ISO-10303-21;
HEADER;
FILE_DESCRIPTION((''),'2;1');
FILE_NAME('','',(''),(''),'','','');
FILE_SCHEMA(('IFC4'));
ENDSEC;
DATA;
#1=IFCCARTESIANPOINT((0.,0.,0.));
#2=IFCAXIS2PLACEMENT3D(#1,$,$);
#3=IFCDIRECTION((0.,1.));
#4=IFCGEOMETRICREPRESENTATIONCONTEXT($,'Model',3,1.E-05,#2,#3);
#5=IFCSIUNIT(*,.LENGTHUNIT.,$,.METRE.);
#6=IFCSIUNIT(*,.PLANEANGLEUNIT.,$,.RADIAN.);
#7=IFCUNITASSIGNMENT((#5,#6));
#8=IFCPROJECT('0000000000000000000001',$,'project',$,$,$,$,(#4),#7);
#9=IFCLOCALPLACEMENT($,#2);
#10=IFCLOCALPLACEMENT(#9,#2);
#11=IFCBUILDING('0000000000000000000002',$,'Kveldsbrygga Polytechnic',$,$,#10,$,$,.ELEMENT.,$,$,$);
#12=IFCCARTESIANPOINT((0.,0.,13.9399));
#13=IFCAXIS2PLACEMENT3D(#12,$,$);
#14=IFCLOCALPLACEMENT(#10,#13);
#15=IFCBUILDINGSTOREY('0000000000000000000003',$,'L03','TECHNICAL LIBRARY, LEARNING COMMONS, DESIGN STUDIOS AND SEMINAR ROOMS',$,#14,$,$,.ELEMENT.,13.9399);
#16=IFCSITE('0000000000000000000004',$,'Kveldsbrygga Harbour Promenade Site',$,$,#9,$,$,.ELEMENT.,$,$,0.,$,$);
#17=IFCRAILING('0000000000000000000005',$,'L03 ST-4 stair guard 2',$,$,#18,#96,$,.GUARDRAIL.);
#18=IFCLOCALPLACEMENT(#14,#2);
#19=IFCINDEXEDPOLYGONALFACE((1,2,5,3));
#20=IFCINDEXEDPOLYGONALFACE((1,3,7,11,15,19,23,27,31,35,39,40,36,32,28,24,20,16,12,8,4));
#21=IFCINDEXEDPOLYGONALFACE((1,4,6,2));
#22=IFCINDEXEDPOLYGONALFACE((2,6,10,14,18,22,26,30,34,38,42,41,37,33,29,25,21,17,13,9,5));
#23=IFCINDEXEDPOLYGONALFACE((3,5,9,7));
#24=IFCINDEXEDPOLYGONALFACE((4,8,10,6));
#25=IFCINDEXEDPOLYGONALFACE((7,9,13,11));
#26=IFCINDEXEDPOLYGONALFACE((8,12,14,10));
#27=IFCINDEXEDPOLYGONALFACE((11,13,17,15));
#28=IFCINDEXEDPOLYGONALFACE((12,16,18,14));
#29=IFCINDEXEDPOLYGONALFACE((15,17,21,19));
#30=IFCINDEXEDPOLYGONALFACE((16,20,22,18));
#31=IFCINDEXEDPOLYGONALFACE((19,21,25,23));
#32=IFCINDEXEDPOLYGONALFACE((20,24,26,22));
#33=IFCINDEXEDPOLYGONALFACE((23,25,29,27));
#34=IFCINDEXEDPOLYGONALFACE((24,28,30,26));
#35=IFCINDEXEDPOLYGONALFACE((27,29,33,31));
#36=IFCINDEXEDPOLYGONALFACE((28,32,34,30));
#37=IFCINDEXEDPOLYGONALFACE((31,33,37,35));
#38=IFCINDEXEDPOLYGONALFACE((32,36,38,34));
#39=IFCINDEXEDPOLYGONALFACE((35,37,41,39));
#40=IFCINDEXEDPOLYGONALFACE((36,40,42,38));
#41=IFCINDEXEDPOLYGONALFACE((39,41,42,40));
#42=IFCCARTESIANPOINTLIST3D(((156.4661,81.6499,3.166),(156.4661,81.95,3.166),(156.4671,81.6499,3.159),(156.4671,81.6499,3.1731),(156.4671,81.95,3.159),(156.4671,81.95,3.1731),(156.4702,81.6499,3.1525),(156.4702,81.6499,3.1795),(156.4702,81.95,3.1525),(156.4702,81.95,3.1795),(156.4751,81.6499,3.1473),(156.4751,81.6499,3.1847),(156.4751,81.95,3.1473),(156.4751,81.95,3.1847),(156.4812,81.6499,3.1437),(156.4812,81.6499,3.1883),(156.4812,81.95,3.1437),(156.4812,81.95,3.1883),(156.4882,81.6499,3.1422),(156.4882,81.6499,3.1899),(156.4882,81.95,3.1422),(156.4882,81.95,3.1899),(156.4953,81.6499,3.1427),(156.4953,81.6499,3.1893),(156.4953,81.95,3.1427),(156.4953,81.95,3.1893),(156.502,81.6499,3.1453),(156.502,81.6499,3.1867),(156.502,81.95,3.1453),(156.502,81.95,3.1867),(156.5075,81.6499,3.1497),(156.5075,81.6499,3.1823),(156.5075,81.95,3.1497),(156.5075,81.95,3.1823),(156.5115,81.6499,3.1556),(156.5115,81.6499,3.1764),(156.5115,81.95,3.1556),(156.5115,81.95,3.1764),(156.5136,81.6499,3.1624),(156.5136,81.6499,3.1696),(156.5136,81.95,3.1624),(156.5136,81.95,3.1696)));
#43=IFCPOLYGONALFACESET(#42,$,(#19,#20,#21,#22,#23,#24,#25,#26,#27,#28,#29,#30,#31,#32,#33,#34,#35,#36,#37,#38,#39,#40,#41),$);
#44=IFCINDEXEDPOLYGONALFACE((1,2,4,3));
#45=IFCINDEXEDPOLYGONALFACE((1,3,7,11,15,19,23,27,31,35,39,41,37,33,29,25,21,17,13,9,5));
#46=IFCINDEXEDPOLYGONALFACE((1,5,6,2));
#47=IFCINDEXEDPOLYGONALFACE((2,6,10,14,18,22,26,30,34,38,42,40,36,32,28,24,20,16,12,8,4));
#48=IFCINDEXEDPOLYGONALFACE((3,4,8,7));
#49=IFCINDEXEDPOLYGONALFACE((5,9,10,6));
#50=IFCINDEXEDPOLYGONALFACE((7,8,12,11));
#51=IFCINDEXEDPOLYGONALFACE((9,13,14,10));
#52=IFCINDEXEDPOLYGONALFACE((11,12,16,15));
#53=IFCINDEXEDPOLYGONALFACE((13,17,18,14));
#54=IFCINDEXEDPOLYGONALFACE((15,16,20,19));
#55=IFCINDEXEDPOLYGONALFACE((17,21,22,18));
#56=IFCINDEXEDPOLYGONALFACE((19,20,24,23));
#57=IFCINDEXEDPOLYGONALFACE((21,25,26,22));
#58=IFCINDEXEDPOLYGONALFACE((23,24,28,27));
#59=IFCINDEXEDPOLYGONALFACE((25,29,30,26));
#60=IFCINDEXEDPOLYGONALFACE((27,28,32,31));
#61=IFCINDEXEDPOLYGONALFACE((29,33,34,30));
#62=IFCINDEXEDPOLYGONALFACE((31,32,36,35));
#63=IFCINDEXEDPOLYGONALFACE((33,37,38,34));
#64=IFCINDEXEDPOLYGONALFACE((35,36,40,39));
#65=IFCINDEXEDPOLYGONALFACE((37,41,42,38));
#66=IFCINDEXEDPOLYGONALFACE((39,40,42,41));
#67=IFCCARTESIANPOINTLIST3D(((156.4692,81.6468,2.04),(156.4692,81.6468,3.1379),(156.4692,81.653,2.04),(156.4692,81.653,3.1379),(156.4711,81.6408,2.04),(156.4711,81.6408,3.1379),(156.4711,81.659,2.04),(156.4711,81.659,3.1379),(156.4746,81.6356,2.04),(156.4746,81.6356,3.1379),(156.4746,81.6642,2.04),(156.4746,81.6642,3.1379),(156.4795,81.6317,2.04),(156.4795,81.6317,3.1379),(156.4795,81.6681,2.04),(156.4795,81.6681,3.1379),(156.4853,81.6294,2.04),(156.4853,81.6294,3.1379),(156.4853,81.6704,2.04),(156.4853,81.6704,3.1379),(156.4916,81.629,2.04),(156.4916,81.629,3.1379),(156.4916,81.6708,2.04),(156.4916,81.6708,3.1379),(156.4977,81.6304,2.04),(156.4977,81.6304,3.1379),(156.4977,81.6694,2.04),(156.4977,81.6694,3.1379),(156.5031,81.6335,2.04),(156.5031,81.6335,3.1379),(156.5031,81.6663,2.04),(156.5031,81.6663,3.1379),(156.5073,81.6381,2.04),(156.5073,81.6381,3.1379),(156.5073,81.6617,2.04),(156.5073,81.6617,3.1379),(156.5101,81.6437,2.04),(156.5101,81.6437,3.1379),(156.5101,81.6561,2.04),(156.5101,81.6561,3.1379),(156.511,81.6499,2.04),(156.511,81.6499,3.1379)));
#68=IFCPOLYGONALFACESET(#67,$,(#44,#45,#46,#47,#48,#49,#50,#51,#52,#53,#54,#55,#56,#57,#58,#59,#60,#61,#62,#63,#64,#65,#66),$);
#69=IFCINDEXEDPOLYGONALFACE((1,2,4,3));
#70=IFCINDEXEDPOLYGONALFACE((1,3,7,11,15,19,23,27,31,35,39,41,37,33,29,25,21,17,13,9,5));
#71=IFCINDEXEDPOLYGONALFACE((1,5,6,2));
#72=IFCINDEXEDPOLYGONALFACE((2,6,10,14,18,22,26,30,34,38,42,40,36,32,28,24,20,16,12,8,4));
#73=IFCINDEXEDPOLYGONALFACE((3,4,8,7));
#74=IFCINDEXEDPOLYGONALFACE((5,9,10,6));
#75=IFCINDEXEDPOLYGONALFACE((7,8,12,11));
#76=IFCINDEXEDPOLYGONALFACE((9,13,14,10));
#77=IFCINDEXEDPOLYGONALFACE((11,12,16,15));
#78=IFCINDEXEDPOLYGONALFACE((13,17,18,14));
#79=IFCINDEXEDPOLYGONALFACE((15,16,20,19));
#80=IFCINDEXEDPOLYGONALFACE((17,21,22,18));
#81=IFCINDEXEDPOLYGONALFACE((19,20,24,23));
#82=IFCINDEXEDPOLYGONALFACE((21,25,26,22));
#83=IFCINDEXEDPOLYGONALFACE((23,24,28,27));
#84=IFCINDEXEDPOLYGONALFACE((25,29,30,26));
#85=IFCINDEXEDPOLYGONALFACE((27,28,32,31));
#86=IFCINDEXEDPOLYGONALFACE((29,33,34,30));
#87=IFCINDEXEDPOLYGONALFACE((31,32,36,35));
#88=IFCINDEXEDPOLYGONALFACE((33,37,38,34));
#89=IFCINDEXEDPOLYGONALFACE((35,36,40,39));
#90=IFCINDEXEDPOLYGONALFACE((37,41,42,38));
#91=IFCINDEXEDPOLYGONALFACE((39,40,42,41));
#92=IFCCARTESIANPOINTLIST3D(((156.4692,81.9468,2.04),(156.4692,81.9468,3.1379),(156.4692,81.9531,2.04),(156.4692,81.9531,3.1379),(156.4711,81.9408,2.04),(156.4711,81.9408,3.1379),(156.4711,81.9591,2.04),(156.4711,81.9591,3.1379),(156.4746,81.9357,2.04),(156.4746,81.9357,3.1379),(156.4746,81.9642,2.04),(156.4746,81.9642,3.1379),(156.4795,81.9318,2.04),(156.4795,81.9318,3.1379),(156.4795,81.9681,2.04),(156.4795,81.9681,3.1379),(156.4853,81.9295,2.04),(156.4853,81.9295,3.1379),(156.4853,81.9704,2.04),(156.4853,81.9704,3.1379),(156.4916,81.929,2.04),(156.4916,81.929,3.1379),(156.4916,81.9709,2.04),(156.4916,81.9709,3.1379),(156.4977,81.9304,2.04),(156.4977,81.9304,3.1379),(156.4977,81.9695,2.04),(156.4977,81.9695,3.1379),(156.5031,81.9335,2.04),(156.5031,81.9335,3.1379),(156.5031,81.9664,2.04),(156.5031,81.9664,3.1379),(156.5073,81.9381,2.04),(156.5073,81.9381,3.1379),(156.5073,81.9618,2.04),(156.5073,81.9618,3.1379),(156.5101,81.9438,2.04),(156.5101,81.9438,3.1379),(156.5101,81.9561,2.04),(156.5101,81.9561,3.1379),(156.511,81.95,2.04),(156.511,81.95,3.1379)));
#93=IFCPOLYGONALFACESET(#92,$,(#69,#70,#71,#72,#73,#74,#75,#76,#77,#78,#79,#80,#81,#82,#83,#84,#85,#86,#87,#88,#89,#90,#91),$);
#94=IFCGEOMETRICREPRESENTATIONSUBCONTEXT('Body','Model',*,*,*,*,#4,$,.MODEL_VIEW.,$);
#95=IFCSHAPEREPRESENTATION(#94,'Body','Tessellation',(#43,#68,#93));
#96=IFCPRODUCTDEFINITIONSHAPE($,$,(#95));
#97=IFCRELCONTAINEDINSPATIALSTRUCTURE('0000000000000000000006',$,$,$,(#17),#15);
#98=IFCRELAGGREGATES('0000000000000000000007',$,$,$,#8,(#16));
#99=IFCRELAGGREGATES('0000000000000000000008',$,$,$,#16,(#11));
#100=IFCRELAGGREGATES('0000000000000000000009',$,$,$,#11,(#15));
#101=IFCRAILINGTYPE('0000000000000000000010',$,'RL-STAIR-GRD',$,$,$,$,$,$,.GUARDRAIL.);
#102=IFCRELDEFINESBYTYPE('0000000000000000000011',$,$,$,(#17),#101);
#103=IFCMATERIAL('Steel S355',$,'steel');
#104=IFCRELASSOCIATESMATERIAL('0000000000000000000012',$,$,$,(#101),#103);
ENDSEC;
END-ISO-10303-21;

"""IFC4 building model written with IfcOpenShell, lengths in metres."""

from ifc_helpers import new_model, si_unit, direction, frame, origin, origin_2d, place, context, subcontext, project, spatial, circle, extrude, material, type_object, element, save


model = new_model("IFC4")

# Units and contexts
model_context = context("Model", 3, precision=1e-05, world=origin(), true_north=direction((0.0, 1.0)))
body_context = subcontext(model_context, "Body", "Model", "MODEL_VIEW")
ifc_project = project(units=[si_unit("LENGTHUNIT", "METRE"), si_unit("PLANEANGLEUNIT", "RADIAN")], contexts=[model_context])

# Site, building, storey
site_placement = place(None, origin())
site = spatial("IfcSite", under=ifc_project, at=site_placement, Name="Kveldsbrygga Harbour Promenade Site", CompositionType="ELEMENT", RefElevation=0.0)
building_placement = place(site_placement, origin())
building = spatial("IfcBuilding", under=site, at=building_placement, Name="Kveldsbrygga Polytechnic", CompositionType="ELEMENT")
storey_placement = place(building_placement, frame((0.0, 0.0, 13.9399)))
storey = spatial("IfcBuildingStorey", under=building, at=storey_placement, Name="L03", Description="TECHNICAL LIBRARY, LEARNING COMMONS, DESIGN STUDIOS AND SEMINAR ROOMS", CompositionType="ELEMENT", Elevation=13.9399)

# Shared definitions
ifc_material_1 = material(Name="Steel S355", Category="steel")

# Railing
railing_type_1 = type_object("IfcRailingType", Name="RL-STAIR-GRD", PredefinedType="GUARDRAIL", material=ifc_material_1)
railing_1_placement = place(storey_placement, frame((156.49, 81.6499, 2.04)))
element("IfcRailing", 1, at=railing_1_placement, inside=storey, type_object=railing_type_1, Name="L03 ST-4 stair guard 2", PredefinedType="GUARDRAIL", context=body_context, shape_type="SweptSolid", body=[
    extrude(circle(Radius=0.0239, at=origin_2d()), frame((0.0, 0.0, 1.126), z_axis=(0.0, 1.0, 0.0), x_axis=(-1.0, 0.0, 0.0)), (0.0, 0.0, 1.0), 0.3),
    extrude(circle(Radius=0.021, at=origin_2d()), origin(), (0.0, 0.0, 1.0), 1.0979),
    extrude(circle(Radius=0.021, at=origin_2d()), frame((0.0, 0.3, 0.0)), (0.0, 0.0, 1.0), 1.0979),
])

save(model, "model.ifc")
